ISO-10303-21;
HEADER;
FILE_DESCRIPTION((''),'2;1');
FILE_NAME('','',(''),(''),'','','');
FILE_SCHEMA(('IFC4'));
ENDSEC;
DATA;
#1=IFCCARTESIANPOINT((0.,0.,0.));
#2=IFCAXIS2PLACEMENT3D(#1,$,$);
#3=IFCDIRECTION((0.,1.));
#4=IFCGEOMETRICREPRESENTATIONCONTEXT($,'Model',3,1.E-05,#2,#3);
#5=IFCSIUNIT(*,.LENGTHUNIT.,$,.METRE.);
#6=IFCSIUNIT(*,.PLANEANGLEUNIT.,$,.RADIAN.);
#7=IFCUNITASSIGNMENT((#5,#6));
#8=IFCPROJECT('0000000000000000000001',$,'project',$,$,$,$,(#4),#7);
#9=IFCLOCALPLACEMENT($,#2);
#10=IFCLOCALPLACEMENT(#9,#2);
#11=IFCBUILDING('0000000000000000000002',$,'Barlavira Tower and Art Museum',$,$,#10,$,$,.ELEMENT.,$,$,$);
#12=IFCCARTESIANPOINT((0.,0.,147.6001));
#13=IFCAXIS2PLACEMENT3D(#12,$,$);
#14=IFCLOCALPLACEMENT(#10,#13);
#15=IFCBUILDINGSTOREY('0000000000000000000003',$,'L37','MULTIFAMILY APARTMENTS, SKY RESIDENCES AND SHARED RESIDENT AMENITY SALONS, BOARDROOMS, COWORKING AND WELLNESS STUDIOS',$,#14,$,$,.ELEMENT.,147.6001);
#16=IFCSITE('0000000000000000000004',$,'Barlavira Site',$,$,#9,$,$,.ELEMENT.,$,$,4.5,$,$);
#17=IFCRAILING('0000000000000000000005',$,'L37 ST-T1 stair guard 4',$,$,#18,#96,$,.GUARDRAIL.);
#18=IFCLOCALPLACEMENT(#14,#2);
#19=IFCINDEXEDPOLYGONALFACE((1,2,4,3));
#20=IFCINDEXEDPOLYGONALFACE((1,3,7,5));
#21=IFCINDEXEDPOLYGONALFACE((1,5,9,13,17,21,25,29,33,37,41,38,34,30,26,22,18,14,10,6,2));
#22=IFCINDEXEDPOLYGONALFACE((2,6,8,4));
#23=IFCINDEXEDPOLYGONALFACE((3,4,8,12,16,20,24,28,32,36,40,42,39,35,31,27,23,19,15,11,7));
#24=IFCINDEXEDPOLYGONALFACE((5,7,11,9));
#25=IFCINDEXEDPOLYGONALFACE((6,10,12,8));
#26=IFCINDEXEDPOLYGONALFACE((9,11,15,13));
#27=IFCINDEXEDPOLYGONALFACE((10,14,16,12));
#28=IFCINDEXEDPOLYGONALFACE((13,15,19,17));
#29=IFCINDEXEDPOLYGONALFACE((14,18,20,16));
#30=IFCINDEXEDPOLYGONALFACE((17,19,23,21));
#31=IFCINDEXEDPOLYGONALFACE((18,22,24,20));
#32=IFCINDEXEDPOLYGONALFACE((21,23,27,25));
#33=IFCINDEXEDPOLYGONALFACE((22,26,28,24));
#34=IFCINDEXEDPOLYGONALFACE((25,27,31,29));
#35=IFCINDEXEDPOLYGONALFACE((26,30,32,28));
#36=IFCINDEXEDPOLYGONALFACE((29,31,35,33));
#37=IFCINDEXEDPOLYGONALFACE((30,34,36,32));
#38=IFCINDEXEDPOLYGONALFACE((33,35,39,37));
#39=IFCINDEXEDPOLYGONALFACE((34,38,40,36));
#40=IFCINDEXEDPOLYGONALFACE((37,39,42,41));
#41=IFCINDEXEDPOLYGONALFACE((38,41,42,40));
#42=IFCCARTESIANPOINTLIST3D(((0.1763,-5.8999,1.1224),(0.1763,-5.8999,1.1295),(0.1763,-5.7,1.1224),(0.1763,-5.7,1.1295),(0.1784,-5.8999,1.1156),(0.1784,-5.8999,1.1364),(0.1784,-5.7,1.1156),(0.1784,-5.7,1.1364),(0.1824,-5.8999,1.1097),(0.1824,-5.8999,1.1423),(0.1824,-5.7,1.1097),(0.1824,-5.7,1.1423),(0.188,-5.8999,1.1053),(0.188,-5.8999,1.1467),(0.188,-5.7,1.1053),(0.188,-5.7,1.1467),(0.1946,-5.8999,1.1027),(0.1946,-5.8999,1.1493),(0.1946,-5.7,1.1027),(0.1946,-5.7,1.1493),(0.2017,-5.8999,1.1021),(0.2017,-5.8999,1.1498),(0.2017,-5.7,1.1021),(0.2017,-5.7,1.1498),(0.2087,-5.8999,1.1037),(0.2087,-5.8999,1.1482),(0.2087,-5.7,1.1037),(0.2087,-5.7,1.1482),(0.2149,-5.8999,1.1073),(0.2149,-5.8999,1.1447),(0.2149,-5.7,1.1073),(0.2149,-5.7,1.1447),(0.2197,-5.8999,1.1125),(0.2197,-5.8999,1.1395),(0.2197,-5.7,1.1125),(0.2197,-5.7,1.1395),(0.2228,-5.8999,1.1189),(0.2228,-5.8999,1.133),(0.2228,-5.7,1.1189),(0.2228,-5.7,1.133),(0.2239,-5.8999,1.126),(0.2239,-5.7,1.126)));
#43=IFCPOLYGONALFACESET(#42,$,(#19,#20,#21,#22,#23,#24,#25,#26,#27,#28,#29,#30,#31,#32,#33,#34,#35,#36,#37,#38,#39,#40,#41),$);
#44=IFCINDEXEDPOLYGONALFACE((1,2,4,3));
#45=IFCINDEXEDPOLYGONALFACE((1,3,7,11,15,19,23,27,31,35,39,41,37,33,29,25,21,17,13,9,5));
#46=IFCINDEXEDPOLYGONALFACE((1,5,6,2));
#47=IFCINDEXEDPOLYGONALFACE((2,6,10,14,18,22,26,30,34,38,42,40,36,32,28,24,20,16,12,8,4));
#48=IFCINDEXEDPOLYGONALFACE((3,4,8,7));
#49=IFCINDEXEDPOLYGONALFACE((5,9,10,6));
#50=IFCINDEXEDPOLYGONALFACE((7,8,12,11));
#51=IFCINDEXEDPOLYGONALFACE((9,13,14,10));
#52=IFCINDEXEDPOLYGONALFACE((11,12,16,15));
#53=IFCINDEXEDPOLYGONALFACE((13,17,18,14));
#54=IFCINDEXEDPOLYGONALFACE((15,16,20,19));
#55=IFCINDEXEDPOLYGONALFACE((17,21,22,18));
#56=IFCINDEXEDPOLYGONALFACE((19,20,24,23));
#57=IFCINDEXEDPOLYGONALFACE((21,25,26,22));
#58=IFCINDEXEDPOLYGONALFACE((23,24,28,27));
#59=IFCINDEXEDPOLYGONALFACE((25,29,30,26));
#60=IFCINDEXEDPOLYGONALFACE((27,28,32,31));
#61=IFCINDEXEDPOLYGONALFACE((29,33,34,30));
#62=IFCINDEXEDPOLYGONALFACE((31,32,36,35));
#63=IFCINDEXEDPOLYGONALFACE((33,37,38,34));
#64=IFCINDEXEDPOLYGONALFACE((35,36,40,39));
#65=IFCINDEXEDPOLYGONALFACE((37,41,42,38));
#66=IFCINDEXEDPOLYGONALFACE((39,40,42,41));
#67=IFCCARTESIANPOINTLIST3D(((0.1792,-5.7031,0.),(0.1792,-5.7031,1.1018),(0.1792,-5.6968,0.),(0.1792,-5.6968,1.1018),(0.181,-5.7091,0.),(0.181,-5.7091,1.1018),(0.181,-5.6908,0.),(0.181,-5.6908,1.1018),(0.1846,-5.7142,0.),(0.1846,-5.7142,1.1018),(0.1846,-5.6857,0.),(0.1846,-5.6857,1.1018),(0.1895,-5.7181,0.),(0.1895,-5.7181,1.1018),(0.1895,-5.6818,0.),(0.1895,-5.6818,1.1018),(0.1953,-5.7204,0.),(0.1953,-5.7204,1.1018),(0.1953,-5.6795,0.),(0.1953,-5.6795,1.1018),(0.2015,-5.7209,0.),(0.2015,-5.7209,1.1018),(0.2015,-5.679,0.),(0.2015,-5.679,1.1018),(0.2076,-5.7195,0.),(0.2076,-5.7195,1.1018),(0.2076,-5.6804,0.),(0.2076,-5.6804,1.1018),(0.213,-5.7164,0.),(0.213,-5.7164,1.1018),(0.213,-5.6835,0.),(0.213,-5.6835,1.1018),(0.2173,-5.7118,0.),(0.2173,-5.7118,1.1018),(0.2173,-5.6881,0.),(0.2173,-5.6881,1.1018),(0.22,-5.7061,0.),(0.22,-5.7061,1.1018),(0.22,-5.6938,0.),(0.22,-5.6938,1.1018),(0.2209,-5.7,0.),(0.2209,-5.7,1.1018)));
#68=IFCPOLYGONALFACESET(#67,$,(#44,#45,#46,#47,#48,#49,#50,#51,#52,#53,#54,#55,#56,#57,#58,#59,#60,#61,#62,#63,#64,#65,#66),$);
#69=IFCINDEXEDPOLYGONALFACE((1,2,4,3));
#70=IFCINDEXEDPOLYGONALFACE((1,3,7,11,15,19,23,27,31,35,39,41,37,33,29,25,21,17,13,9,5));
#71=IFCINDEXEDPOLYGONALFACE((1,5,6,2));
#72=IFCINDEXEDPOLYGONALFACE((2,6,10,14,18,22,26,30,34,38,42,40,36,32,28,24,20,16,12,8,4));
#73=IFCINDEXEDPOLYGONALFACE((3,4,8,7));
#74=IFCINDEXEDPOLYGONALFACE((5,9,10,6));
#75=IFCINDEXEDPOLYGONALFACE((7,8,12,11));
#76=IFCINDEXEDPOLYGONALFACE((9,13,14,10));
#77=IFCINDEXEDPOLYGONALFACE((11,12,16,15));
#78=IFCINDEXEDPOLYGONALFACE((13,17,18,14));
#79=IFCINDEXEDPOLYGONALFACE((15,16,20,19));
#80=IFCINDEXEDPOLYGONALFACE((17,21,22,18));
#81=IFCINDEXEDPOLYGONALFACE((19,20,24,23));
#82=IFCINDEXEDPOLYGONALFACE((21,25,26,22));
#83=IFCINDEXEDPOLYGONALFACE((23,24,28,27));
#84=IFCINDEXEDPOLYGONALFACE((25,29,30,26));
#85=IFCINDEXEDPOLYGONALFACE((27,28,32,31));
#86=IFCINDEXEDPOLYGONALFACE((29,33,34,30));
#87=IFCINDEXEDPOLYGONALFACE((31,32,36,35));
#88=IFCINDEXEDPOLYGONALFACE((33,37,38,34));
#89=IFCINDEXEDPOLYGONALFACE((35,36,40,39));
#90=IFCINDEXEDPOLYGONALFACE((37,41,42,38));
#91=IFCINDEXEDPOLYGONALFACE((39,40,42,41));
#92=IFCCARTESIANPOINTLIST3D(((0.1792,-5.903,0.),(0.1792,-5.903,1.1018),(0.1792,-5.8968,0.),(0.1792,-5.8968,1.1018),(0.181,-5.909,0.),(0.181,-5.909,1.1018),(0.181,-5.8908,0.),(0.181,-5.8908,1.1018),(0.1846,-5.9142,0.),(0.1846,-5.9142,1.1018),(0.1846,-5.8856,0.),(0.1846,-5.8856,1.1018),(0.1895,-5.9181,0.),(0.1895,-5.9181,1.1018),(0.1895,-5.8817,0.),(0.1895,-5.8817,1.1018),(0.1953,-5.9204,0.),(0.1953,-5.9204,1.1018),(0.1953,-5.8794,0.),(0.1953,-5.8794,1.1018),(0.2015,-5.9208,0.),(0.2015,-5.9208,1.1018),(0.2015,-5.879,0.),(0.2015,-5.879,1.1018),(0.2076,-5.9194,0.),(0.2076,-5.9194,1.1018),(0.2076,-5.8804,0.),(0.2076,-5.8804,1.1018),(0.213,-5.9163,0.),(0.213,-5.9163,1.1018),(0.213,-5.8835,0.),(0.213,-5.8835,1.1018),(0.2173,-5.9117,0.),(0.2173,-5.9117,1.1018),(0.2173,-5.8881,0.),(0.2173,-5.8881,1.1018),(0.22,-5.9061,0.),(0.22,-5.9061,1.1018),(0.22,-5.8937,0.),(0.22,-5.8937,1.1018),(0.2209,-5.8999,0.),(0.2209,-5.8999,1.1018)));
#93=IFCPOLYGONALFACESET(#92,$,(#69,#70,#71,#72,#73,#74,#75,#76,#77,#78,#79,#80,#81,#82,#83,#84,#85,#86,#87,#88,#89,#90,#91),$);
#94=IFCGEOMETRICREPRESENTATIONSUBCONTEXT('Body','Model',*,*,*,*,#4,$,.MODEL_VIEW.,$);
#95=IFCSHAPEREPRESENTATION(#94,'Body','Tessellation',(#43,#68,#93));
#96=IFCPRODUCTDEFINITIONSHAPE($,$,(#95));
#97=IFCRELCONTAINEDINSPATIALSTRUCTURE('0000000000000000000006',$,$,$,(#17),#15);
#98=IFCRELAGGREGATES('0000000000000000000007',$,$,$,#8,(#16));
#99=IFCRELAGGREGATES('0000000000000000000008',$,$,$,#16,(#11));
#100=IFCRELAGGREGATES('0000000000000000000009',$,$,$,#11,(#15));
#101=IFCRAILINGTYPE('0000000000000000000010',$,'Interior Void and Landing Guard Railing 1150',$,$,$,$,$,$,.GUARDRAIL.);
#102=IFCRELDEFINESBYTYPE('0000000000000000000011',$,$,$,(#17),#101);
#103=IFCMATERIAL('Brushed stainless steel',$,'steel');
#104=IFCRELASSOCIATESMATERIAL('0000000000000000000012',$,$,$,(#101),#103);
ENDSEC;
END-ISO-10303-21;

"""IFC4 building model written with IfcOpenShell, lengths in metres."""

from ifc_helpers import new_model, si_unit, direction, frame, origin, origin_2d, place, context, subcontext, project, spatial, circle, extrude, material, type_object, element, save


model = new_model("IFC4")

# Units and contexts
model_context = context("Model", 3, precision=1e-05, world=origin(), true_north=direction((0.0, 1.0)))
body_context = subcontext(model_context, "Body", "Model", "MODEL_VIEW")
ifc_project = project(units=[si_unit("LENGTHUNIT", "METRE"), si_unit("PLANEANGLEUNIT", "RADIAN")], contexts=[model_context])

# Site, building, storey
site_placement = place(None, origin())
site = spatial("IfcSite", under=ifc_project, at=site_placement, Name="Barlavira Site", CompositionType="ELEMENT", RefElevation=4.5)
building_placement = place(site_placement, origin())
building = spatial("IfcBuilding", under=site, at=building_placement, Name="Barlavira Tower and Art Museum", CompositionType="ELEMENT")
storey_placement = place(building_placement, frame((0.0, 0.0, 147.6001)))
storey = spatial("IfcBuildingStorey", under=building, at=storey_placement, Name="L37", Description="MULTIFAMILY APARTMENTS, SKY RESIDENCES AND SHARED RESIDENT AMENITY SALONS, BOARDROOMS, COWORKING AND WELLNESS STUDIOS", CompositionType="ELEMENT", Elevation=147.6001)

# Shared definitions
ifc_material_1 = material(Name="Brushed stainless steel", Category="steel")

# Railing
railing_type_1 = type_object("IfcRailingType", Name="Interior Void and Landing Guard Railing 1150", PredefinedType="GUARDRAIL", material=ifc_material_1)
railing_1_placement = place(storey_placement, frame((0.2, -5.7, 0.0)))
element("IfcRailing", 1, at=railing_1_placement, inside=storey, type_object=railing_type_1, Name="L37 ST-T1 stair guard 4", PredefinedType="GUARDRAIL", context=body_context, shape_type="SweptSolid", body=[
    extrude(circle(Radius=0.0239, at=origin_2d()), frame((0.0, 0.0, 1.126), z_axis=(0.0, -1.0, 0.0), x_axis=(1.0, 0.0, 0.0)), (0.0, 0.0, 1.0), 0.2),
    extrude(circle(Radius=0.021, at=origin_2d()), origin(), (0.0, 0.0, 1.0), 1.1018),
    extrude(circle(Radius=0.021, at=origin_2d()), frame((0.0, -0.2, 0.0)), (0.0, 0.0, 1.0), 1.1018),
])

save(model, "model.ifc")
